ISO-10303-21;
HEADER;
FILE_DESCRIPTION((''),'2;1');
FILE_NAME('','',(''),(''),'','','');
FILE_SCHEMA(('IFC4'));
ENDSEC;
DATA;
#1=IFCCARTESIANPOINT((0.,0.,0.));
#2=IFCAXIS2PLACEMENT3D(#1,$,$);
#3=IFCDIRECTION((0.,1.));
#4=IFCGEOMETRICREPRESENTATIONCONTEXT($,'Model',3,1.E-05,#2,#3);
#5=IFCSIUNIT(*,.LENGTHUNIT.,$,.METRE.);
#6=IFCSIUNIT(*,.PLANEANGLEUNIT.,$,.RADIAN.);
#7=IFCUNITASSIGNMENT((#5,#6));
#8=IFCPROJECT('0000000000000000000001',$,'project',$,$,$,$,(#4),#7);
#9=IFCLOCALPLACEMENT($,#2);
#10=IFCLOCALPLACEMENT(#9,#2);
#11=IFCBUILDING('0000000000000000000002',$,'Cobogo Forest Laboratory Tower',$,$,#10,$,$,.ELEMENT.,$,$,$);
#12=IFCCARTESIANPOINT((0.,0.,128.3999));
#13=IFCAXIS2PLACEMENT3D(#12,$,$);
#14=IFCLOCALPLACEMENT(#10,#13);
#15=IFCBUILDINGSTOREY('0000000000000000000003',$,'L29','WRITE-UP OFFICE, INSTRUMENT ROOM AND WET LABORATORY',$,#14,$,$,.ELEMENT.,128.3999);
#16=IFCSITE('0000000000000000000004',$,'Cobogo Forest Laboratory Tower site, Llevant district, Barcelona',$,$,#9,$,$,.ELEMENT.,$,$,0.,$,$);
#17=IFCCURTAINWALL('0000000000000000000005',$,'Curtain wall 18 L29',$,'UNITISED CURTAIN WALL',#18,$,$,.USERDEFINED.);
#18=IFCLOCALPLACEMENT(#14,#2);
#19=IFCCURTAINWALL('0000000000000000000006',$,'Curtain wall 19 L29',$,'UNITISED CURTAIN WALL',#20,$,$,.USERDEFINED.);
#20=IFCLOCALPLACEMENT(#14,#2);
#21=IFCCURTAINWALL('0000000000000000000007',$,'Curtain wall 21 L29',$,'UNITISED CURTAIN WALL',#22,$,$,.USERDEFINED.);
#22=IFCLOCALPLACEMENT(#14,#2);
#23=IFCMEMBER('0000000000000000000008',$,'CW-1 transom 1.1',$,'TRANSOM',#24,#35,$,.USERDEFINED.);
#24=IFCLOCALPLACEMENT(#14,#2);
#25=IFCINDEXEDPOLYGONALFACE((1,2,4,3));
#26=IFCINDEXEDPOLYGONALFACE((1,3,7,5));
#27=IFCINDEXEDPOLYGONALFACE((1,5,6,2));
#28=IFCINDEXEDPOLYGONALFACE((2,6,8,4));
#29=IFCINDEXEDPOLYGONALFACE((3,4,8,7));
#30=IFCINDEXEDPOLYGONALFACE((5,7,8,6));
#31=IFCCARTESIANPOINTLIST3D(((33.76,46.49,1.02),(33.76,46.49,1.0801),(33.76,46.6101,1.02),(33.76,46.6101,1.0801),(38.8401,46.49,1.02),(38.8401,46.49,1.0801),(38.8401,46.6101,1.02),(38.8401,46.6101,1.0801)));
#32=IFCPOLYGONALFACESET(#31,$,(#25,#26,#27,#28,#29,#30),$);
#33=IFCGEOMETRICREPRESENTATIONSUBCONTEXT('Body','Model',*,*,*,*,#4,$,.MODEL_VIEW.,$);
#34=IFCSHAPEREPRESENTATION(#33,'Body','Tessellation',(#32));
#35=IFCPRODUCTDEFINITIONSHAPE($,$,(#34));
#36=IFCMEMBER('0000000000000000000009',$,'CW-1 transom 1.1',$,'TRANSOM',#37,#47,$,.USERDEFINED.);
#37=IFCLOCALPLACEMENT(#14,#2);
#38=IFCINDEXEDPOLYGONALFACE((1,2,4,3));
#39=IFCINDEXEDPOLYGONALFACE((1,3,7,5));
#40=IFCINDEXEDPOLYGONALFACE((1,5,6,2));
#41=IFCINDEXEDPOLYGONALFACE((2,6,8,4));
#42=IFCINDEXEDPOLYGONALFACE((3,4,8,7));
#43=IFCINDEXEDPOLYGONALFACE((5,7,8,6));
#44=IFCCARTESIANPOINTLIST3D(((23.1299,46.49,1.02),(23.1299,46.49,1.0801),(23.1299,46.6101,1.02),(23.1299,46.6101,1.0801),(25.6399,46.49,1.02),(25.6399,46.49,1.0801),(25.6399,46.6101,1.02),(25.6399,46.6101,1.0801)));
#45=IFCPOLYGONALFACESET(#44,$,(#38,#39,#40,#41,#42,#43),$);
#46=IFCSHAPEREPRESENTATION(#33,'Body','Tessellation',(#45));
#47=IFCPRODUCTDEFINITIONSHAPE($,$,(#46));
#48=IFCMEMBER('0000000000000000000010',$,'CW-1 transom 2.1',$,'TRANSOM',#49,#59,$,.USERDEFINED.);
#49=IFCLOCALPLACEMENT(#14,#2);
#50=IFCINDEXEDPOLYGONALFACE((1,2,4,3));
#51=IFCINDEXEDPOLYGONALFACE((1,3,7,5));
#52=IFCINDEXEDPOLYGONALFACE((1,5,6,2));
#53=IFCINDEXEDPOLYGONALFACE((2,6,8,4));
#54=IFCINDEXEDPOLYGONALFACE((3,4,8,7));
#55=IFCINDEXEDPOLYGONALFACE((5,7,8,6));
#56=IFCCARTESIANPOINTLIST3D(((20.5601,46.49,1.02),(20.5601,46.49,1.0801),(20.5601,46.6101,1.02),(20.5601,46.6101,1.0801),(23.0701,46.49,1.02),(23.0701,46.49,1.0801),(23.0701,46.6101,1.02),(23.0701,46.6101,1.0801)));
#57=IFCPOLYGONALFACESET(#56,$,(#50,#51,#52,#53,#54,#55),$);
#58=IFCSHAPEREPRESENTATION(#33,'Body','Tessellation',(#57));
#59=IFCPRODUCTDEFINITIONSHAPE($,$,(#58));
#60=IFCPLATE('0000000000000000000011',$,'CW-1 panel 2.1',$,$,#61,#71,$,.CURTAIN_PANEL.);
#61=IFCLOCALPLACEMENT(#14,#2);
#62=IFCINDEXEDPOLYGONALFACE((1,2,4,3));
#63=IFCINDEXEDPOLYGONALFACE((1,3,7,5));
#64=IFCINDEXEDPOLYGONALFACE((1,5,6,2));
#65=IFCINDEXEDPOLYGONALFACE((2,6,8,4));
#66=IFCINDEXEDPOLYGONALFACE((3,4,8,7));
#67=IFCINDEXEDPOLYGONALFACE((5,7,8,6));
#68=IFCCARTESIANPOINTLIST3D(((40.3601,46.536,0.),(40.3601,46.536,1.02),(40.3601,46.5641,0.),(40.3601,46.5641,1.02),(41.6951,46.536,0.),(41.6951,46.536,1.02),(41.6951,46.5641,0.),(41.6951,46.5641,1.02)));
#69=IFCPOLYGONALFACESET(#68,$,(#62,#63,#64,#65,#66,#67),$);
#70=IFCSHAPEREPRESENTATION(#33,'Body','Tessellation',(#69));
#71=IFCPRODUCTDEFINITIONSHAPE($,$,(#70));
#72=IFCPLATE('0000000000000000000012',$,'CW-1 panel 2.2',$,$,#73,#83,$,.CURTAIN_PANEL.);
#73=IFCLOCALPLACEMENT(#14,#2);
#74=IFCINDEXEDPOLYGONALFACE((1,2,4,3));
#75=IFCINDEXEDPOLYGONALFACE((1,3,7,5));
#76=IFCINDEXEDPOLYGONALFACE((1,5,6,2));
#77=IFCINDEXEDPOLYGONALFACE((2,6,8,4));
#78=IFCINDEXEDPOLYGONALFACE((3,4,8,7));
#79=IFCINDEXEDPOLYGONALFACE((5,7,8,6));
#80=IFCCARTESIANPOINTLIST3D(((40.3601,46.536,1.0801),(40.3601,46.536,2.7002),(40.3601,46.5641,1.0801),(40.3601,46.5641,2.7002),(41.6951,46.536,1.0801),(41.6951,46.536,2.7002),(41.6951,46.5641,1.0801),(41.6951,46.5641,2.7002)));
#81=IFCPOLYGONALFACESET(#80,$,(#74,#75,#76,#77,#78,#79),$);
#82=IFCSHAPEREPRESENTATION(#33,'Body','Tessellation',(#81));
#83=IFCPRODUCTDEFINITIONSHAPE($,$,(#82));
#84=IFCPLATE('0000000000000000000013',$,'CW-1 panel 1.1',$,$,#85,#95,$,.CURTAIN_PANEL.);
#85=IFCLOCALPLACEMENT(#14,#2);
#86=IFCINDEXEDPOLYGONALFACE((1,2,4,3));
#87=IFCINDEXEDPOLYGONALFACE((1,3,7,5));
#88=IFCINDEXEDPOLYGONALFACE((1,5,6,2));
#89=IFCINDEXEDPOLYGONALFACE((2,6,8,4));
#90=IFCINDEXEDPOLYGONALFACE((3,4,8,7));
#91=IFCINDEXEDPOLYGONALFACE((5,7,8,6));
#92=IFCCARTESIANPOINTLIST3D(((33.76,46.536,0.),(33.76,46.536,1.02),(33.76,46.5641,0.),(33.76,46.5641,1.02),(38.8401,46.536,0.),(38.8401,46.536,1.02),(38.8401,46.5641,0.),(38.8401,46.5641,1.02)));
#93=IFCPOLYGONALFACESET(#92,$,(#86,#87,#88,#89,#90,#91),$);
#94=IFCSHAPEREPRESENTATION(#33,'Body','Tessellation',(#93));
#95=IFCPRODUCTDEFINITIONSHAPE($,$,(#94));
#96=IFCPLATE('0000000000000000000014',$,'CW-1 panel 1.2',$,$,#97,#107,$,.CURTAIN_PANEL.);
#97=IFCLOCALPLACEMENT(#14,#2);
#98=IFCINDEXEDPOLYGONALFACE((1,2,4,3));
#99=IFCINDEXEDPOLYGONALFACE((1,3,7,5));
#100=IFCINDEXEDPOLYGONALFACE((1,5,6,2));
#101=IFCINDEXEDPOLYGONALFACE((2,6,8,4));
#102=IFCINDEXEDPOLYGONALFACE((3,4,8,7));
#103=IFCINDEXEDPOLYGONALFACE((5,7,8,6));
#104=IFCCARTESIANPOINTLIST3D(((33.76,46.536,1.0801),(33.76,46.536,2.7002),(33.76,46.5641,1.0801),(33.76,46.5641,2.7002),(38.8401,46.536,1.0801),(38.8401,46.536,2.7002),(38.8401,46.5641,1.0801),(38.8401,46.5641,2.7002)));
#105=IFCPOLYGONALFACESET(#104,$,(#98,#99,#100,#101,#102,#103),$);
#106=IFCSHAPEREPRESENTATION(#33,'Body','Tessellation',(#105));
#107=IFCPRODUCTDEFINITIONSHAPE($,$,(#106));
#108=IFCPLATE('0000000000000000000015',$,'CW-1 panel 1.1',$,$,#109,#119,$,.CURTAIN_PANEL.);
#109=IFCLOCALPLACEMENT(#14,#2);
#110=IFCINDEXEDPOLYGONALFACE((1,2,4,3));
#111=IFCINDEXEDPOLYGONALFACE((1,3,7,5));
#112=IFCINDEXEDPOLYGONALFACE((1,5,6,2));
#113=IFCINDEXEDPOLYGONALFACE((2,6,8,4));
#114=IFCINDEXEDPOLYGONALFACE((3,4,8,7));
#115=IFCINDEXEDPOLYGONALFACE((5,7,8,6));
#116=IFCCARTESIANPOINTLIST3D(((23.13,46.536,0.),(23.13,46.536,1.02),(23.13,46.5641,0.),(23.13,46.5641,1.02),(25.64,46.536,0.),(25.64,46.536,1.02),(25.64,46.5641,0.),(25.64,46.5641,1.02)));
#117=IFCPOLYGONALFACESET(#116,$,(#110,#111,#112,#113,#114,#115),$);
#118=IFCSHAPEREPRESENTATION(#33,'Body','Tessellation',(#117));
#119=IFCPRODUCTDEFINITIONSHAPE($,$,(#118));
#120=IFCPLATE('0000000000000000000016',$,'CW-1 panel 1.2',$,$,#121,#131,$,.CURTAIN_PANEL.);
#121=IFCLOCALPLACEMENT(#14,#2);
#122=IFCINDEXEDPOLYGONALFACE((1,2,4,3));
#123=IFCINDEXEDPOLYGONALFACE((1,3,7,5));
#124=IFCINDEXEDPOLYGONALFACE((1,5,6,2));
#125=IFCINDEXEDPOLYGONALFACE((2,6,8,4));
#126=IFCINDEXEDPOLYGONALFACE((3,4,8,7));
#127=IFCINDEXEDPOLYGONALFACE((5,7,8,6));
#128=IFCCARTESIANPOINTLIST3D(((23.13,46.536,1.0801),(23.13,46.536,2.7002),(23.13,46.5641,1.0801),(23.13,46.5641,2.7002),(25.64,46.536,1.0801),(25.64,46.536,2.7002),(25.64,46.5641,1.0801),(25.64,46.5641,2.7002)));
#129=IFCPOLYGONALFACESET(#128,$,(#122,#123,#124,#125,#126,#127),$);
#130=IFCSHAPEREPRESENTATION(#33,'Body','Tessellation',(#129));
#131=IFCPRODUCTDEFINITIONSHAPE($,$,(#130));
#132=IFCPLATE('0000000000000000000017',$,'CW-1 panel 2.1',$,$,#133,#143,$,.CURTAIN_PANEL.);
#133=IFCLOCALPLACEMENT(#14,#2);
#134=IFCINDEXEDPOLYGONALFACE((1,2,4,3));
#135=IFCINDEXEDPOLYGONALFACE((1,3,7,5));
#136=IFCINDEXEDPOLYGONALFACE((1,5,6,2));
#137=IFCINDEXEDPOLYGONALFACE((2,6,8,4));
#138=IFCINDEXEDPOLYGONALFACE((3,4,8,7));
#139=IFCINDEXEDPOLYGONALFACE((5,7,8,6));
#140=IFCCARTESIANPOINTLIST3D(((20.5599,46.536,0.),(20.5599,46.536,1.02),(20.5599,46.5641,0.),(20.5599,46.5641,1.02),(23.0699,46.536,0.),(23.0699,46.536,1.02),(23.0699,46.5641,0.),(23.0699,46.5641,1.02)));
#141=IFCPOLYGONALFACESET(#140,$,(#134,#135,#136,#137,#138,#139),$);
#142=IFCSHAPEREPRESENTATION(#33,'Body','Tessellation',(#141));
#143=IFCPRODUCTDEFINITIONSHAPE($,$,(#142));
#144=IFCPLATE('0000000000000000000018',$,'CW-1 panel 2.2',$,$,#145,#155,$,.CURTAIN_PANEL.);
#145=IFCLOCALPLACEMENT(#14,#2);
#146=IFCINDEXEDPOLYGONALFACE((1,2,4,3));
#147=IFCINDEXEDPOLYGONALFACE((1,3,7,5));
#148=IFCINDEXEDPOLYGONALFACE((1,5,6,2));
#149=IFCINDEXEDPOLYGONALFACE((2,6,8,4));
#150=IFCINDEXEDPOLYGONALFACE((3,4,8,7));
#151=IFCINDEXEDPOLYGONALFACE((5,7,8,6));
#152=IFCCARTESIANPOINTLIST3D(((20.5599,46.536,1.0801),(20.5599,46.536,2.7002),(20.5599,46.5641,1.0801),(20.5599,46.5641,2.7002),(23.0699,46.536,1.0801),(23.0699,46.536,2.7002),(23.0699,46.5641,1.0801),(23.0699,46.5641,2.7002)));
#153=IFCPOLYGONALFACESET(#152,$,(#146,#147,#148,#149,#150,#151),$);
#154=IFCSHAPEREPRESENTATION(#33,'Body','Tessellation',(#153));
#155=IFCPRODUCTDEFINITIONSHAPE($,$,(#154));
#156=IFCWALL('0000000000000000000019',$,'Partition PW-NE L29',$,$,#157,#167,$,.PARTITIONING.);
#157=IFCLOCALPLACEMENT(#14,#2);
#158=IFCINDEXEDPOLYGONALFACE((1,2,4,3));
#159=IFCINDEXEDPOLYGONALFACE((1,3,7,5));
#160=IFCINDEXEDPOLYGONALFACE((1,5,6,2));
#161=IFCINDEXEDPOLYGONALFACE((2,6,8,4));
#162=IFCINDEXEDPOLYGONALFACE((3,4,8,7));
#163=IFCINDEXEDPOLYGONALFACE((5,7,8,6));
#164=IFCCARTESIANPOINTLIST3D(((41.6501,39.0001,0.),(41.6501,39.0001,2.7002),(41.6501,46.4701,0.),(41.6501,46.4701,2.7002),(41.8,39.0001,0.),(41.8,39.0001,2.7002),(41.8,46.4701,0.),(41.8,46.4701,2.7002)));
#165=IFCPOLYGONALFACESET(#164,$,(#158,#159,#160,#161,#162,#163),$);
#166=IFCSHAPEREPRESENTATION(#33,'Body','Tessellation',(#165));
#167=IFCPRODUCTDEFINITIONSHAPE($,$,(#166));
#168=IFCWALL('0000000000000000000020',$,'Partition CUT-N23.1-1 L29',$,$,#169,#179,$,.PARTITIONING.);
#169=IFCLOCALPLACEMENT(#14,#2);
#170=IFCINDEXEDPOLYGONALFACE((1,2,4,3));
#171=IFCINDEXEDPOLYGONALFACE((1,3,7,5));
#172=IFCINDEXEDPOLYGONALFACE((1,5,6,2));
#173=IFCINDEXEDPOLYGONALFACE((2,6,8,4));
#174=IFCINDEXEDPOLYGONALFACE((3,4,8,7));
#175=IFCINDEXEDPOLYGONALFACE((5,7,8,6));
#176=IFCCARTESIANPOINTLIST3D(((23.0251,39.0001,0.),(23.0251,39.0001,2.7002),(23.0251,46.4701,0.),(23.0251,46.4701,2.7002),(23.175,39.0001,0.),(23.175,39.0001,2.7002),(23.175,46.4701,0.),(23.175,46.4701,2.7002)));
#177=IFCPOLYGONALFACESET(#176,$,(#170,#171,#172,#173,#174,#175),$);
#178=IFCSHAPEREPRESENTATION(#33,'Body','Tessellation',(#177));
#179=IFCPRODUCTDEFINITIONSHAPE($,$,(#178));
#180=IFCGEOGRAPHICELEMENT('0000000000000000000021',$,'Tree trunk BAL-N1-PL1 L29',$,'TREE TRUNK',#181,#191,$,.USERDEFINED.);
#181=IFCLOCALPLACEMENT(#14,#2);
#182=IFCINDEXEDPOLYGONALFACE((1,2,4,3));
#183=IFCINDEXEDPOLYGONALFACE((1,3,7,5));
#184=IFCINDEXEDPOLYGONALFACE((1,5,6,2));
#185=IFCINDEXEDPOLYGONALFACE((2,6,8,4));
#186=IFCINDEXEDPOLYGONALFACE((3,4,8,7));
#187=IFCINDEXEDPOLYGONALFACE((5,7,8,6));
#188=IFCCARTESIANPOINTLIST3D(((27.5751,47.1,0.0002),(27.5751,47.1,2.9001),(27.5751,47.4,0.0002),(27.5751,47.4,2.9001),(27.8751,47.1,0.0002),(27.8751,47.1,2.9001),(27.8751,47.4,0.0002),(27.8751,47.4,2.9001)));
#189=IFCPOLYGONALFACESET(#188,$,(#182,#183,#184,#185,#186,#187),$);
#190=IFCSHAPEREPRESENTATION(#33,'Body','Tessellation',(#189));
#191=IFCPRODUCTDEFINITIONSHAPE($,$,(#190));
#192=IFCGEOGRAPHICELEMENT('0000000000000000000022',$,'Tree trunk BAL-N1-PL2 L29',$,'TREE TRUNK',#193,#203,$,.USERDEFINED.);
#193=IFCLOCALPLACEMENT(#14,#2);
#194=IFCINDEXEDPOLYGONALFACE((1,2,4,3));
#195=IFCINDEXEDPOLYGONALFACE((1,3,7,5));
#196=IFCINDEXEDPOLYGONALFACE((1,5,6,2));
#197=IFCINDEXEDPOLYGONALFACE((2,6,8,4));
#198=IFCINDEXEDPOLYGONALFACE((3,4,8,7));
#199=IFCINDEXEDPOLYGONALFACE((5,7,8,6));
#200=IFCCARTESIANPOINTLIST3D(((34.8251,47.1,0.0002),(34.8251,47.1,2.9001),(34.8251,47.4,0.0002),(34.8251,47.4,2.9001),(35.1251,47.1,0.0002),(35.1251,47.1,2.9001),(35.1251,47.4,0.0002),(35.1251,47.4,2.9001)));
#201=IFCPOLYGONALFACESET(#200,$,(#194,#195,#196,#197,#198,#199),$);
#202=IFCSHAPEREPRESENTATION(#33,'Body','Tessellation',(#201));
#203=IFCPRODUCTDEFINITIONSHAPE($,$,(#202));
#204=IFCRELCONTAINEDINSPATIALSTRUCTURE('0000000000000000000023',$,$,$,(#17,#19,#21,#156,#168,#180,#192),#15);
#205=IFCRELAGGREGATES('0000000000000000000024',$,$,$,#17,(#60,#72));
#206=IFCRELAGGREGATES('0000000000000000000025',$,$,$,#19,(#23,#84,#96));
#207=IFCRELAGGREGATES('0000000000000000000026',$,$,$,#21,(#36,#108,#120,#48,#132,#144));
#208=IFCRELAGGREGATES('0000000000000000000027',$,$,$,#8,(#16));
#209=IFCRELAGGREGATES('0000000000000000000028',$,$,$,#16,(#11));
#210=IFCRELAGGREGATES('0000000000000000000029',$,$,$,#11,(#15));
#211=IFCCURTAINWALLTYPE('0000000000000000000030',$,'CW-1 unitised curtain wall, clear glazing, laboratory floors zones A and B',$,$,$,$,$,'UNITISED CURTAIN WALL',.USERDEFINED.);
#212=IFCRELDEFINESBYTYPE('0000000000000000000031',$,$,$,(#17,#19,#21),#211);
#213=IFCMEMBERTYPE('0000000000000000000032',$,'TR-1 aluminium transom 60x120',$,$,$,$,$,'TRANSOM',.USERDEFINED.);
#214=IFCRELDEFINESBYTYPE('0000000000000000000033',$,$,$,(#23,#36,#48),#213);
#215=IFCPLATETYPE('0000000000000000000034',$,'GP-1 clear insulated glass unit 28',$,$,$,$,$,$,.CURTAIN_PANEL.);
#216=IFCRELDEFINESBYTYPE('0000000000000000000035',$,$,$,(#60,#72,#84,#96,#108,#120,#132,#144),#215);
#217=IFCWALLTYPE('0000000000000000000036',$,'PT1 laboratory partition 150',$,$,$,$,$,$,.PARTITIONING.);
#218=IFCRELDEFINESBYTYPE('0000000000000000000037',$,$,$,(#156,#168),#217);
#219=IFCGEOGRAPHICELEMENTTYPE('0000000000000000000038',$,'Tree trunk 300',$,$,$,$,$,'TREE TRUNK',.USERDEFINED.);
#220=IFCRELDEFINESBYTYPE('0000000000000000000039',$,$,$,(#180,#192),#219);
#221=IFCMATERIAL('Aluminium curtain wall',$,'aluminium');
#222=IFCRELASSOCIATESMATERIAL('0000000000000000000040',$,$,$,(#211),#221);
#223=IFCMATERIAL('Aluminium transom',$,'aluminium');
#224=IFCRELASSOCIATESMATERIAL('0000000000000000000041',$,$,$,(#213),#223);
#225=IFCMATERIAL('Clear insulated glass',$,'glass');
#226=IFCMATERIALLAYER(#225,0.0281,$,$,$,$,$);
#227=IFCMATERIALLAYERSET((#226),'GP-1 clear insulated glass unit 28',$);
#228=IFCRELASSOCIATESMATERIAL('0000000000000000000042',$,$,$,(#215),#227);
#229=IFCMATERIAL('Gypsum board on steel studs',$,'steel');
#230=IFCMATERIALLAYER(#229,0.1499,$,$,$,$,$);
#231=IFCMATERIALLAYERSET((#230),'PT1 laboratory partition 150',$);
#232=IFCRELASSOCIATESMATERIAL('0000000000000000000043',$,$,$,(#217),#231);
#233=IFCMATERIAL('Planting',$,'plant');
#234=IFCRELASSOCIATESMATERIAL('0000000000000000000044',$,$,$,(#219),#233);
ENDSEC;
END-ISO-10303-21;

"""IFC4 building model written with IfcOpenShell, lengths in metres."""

from ifc_helpers import new_model, si_unit, direction, frame, frame_2d, origin, origin_2d, place, context, subcontext, project, spatial, rectangle, extrude, material, layer, layer_set, material_profile, profile_set, type_object, element, aggregate, save


model = new_model("IFC4")

# Units and contexts
model_context = context("Model", 3, precision=1e-05, world=origin(), true_north=direction((0.0, 1.0)))
body_context = subcontext(model_context, "Body", "Model", "MODEL_VIEW")
ifc_project = project(units=[si_unit("LENGTHUNIT", "METRE"), si_unit("PLANEANGLEUNIT", "RADIAN")], contexts=[model_context])

# Site, building, storey
site_placement = place(None, origin())
site = spatial("IfcSite", under=ifc_project, at=site_placement, Name="Cobogo Forest Laboratory Tower site, Llevant district, Barcelona", CompositionType="ELEMENT", RefElevation=0.0)
building_placement = place(site_placement, origin())
building = spatial("IfcBuilding", under=site, at=building_placement, Name="Cobogo Forest Laboratory Tower", CompositionType="ELEMENT")
storey_placement = place(building_placement, frame((0.0, 0.0, 128.3999)))
storey = spatial("IfcBuildingStorey", under=building, at=storey_placement, Name="L29", Description="WRITE-UP OFFICE, INSTRUMENT ROOM AND WET LABORATORY", CompositionType="ELEMENT", Elevation=128.3999)

# Curtain walls
ifc_material_1 = material(Name="Aluminium curtain wall", Category="aluminium")
curtain_wall_type = type_object("IfcCurtainWallType", Name="CW-1 unitised curtain wall, clear glazing, laboratory floors zones A and B", ElementType="UNITISED CURTAIN WALL", PredefinedType="USERDEFINED", material=ifc_material_1)
curtain_wall_1_placement = place(storey_placement, origin())
curtain_wall_1 = element("IfcCurtainWall", 1, at=curtain_wall_1_placement, inside=storey, type_object=curtain_wall_type, Name="Curtain wall 18 L29", ObjectType="UNITISED CURTAIN WALL", PredefinedType="USERDEFINED")
curtain_wall_2_placement = place(storey_placement, origin())
curtain_wall_2 = element("IfcCurtainWall", 2, at=curtain_wall_2_placement, inside=storey, type_object=curtain_wall_type, Name="Curtain wall 19 L29", ObjectType="UNITISED CURTAIN WALL", PredefinedType="USERDEFINED")
curtain_wall_3_placement = place(storey_placement, origin())
curtain_wall_3 = element("IfcCurtainWall", 3, at=curtain_wall_3_placement, inside=storey, type_object=curtain_wall_type, Name="Curtain wall 21 L29", ObjectType="UNITISED CURTAIN WALL", PredefinedType="USERDEFINED")

# Members
ifc_material_2 = material(Name="Aluminium transom", Category="aluminium")
ifc_material_profile_1 = material_profile(ifc_material_2, rectangle(XDim=0.1201, YDim=0.0601, at=origin_2d()), Name="AL 60x120")
ifc_profile_set_1 = profile_set([ifc_material_profile_1], Name="Aluminium transom")
member_type_1 = type_object("IfcMemberType", Name="TR-1 aluminium transom 60x120", ElementType="TRANSOM", PredefinedType="USERDEFINED", material=ifc_profile_set_1)
member_1_placement = place(storey_placement, frame((38.8401, 46.55, 1.05), z_axis=(-1.0, 0.0, 0.0), x_axis=(0.0, -1.0, 0.0)))
member_1 = element("IfcMember", 4, at=member_1_placement, type_object=member_type_1, Name="CW-1 transom 1.1", ObjectType="TRANSOM", PredefinedType="USERDEFINED", context=body_context, shape_type="SweptSolid", body=[
    extrude(rectangle(XDim=0.1201, YDim=0.0601, at=origin_2d()), origin(), (0.0, 0.0, 1.0), 5.0801),
])
member_2_placement = place(storey_placement, frame((25.6399, 46.55, 1.05), z_axis=(-1.0, 0.0, 0.0), x_axis=(0.0, -1.0, 0.0)))
member_2 = element("IfcMember", 5, at=member_2_placement, type_object=member_type_1, Name="CW-1 transom 1.1", ObjectType="TRANSOM", PredefinedType="USERDEFINED", context=body_context, shape_type="SweptSolid", body=[
    extrude(rectangle(XDim=0.1201, YDim=0.0601, at=origin_2d()), origin(), (0.0, 0.0, 1.0), 2.51),
])
member_3_placement = place(storey_placement, frame((23.0701, 46.55, 1.05), z_axis=(-1.0, 0.0, 0.0), x_axis=(0.0, -1.0, 0.0)))
member_3 = element("IfcMember", 6, at=member_3_placement, type_object=member_type_1, Name="CW-1 transom 2.1", ObjectType="TRANSOM", PredefinedType="USERDEFINED", context=body_context, shape_type="SweptSolid", body=[
    extrude(rectangle(XDim=0.1201, YDim=0.0601, at=origin_2d()), origin(), (0.0, 0.0, 1.0), 2.51),
])

# Plates
ifc_material_3 = material(Name="Clear insulated glass", Category="glass")
ifc_layer_1 = layer(ifc_material_3, 0.0281)
ifc_layer_set_1 = layer_set([ifc_layer_1], Name="GP-1 clear insulated glass unit 28")
plate_type_1 = type_object("IfcPlateType", Name="GP-1 clear insulated glass unit 28", PredefinedType="CURTAIN_PANEL", material=ifc_layer_set_1)
plate_1_placement = place(storey_placement, frame((41.0276, 46.55, 0.0), z_axis=(0.0, 0.0, 1.0), x_axis=(-1.0, 0.0, 0.0)))
plate_1 = element("IfcPlate", 7, at=plate_1_placement, type_object=plate_type_1, Name="CW-1 panel 2.1", PredefinedType="CURTAIN_PANEL", context=body_context, shape_type="SweptSolid", body=[
    extrude(rectangle(XDim=1.335, YDim=0.0281, at=origin_2d()), origin(), (0.0, 0.0, 1.0), 1.02),
])
plate_2_placement = place(storey_placement, frame((41.0276, 46.55, 1.0801), z_axis=(0.0, 0.0, 1.0), x_axis=(-1.0, 0.0, 0.0)))
plate_2 = element("IfcPlate", 8, at=plate_2_placement, type_object=plate_type_1, Name="CW-1 panel 2.2", PredefinedType="CURTAIN_PANEL", context=body_context, shape_type="SweptSolid", body=[
    extrude(rectangle(XDim=1.335, YDim=0.0281, at=origin_2d()), origin(), (0.0, 0.0, 1.0), 1.6201),
])
aggregate(curtain_wall_1, [plate_1, plate_2])
plate_3_placement = place(storey_placement, frame((36.3, 46.55, 0.0), z_axis=(0.0, 0.0, 1.0), x_axis=(-1.0, 0.0, 0.0)))
plate_3 = element("IfcPlate", 9, at=plate_3_placement, type_object=plate_type_1, Name="CW-1 panel 1.1", PredefinedType="CURTAIN_PANEL", context=body_context, shape_type="SweptSolid", body=[
    extrude(rectangle(XDim=5.0801, YDim=0.0281, at=origin_2d()), origin(), (0.0, 0.0, 1.0), 1.02),
])
plate_4_placement = place(storey_placement, frame((36.3, 46.55, 1.0801), z_axis=(0.0, 0.0, 1.0), x_axis=(-1.0, 0.0, 0.0)))
plate_4 = element("IfcPlate", 10, at=plate_4_placement, type_object=plate_type_1, Name="CW-1 panel 1.2", PredefinedType="CURTAIN_PANEL", context=body_context, shape_type="SweptSolid", body=[
    extrude(rectangle(XDim=5.0801, YDim=0.0281, at=origin_2d()), origin(), (0.0, 0.0, 1.0), 1.6201),
])
aggregate(curtain_wall_2, [member_1, plate_3, plate_4])
plate_5_placement = place(storey_placement, frame((24.385, 46.55, 0.0), z_axis=(0.0, 0.0, 1.0), x_axis=(-1.0, 0.0, 0.0)))
plate_5 = element("IfcPlate", 11, at=plate_5_placement, type_object=plate_type_1, Name="CW-1 panel 1.1", PredefinedType="CURTAIN_PANEL", context=body_context, shape_type="SweptSolid", body=[
    extrude(rectangle(XDim=2.51, YDim=0.0281, at=origin_2d()), origin(), (0.0, 0.0, 1.0), 1.02),
])
plate_6_placement = place(storey_placement, frame((24.385, 46.55, 1.0801), z_axis=(0.0, 0.0, 1.0), x_axis=(-1.0, 0.0, 0.0)))
plate_6 = element("IfcPlate", 12, at=plate_6_placement, type_object=plate_type_1, Name="CW-1 panel 1.2", PredefinedType="CURTAIN_PANEL", context=body_context, shape_type="SweptSolid", body=[
    extrude(rectangle(XDim=2.51, YDim=0.0281, at=origin_2d()), origin(), (0.0, 0.0, 1.0), 1.6201),
])
plate_7_placement = place(storey_placement, frame((21.8149, 46.55, 0.0), z_axis=(0.0, 0.0, 1.0), x_axis=(-1.0, 0.0, 0.0)))
plate_7 = element("IfcPlate", 13, at=plate_7_placement, type_object=plate_type_1, Name="CW-1 panel 2.1", PredefinedType="CURTAIN_PANEL", context=body_context, shape_type="SweptSolid", body=[
    extrude(rectangle(XDim=2.51, YDim=0.0281, at=origin_2d()), origin(), (0.0, 0.0, 1.0), 1.02),
])
plate_8_placement = place(storey_placement, frame((21.8149, 46.55, 1.0801), z_axis=(0.0, 0.0, 1.0), x_axis=(-1.0, 0.0, 0.0)))
plate_8 = element("IfcPlate", 14, at=plate_8_placement, type_object=plate_type_1, Name="CW-1 panel 2.2", PredefinedType="CURTAIN_PANEL", context=body_context, shape_type="SweptSolid", body=[
    extrude(rectangle(XDim=2.51, YDim=0.0281, at=origin_2d()), origin(), (0.0, 0.0, 1.0), 1.6201),
])
aggregate(curtain_wall_3, [member_2, plate_5, plate_6, member_3, plate_7, plate_8])

# Walls
ifc_material_4 = material(Name="Gypsum board on steel studs", Category="steel")
ifc_layer_2 = layer(ifc_material_4, 0.1499)
ifc_layer_set_2 = layer_set([ifc_layer_2], Name="PT1 laboratory partition 150")
wall_type_1 = type_object("IfcWallType", Name="PT1 laboratory partition 150", PredefinedType="PARTITIONING", material=ifc_layer_set_2)
for number, where, z_axis, x_axis, name in (
    (15, (41.7251, 46.47, 0.0), (0.0, 0.0, 1.0), (0.0, -1.0, 0.0), "Partition PW-NE L29"),
    (16, (23.1001, 46.47, 0.0), (0.0, 0.0, 1.0), (0.0, -1.0, 0.0), "Partition CUT-N23.1-1 L29"),
):
    element("IfcWall", number, at=place(storey_placement, frame(where, z_axis=z_axis, x_axis=x_axis)), inside=storey, type_object=wall_type_1, Name=name, PredefinedType="PARTITIONING", context=body_context, shape_type="SweptSolid", body=[
        extrude(rectangle(XDim=7.47, YDim=0.1499, at=frame_2d((3.7349, 0.0))), origin(), (0.0, 0.0, 1.0), 2.7002),
    ])

# Geographic elements
ifc_material_5 = material(Name="Planting", Category="plant")
geographic_element_type = type_object("IfcGeographicElementType", Name="Tree trunk 300", ElementType="TREE TRUNK", PredefinedType="USERDEFINED", material=ifc_material_5)
for number, where, z_axis, x_axis, name in (
    (17, (27.7251, 47.25, 0.0002), (0.0, 0.0, 1.0), (1.0, 0.0, 0.0), "Tree trunk BAL-N1-PL1 L29"),
    (18, (34.9751, 47.25, 0.0002), (0.0, 0.0, 1.0), (1.0, 0.0, 0.0), "Tree trunk BAL-N1-PL2 L29"),
):
    element("IfcGeographicElement", number, at=place(storey_placement, frame(where, z_axis=z_axis, x_axis=x_axis)), inside=storey, type_object=geographic_element_type, Name=name, ObjectType="TREE TRUNK", PredefinedType="USERDEFINED", context=body_context, shape_type="SweptSolid", body=[
        extrude(rectangle(XDim=0.3, YDim=0.3, at=origin_2d()), origin(), (0.0, 0.0, 1.0), 2.8999),
    ])

save(model, "model.ifc")
